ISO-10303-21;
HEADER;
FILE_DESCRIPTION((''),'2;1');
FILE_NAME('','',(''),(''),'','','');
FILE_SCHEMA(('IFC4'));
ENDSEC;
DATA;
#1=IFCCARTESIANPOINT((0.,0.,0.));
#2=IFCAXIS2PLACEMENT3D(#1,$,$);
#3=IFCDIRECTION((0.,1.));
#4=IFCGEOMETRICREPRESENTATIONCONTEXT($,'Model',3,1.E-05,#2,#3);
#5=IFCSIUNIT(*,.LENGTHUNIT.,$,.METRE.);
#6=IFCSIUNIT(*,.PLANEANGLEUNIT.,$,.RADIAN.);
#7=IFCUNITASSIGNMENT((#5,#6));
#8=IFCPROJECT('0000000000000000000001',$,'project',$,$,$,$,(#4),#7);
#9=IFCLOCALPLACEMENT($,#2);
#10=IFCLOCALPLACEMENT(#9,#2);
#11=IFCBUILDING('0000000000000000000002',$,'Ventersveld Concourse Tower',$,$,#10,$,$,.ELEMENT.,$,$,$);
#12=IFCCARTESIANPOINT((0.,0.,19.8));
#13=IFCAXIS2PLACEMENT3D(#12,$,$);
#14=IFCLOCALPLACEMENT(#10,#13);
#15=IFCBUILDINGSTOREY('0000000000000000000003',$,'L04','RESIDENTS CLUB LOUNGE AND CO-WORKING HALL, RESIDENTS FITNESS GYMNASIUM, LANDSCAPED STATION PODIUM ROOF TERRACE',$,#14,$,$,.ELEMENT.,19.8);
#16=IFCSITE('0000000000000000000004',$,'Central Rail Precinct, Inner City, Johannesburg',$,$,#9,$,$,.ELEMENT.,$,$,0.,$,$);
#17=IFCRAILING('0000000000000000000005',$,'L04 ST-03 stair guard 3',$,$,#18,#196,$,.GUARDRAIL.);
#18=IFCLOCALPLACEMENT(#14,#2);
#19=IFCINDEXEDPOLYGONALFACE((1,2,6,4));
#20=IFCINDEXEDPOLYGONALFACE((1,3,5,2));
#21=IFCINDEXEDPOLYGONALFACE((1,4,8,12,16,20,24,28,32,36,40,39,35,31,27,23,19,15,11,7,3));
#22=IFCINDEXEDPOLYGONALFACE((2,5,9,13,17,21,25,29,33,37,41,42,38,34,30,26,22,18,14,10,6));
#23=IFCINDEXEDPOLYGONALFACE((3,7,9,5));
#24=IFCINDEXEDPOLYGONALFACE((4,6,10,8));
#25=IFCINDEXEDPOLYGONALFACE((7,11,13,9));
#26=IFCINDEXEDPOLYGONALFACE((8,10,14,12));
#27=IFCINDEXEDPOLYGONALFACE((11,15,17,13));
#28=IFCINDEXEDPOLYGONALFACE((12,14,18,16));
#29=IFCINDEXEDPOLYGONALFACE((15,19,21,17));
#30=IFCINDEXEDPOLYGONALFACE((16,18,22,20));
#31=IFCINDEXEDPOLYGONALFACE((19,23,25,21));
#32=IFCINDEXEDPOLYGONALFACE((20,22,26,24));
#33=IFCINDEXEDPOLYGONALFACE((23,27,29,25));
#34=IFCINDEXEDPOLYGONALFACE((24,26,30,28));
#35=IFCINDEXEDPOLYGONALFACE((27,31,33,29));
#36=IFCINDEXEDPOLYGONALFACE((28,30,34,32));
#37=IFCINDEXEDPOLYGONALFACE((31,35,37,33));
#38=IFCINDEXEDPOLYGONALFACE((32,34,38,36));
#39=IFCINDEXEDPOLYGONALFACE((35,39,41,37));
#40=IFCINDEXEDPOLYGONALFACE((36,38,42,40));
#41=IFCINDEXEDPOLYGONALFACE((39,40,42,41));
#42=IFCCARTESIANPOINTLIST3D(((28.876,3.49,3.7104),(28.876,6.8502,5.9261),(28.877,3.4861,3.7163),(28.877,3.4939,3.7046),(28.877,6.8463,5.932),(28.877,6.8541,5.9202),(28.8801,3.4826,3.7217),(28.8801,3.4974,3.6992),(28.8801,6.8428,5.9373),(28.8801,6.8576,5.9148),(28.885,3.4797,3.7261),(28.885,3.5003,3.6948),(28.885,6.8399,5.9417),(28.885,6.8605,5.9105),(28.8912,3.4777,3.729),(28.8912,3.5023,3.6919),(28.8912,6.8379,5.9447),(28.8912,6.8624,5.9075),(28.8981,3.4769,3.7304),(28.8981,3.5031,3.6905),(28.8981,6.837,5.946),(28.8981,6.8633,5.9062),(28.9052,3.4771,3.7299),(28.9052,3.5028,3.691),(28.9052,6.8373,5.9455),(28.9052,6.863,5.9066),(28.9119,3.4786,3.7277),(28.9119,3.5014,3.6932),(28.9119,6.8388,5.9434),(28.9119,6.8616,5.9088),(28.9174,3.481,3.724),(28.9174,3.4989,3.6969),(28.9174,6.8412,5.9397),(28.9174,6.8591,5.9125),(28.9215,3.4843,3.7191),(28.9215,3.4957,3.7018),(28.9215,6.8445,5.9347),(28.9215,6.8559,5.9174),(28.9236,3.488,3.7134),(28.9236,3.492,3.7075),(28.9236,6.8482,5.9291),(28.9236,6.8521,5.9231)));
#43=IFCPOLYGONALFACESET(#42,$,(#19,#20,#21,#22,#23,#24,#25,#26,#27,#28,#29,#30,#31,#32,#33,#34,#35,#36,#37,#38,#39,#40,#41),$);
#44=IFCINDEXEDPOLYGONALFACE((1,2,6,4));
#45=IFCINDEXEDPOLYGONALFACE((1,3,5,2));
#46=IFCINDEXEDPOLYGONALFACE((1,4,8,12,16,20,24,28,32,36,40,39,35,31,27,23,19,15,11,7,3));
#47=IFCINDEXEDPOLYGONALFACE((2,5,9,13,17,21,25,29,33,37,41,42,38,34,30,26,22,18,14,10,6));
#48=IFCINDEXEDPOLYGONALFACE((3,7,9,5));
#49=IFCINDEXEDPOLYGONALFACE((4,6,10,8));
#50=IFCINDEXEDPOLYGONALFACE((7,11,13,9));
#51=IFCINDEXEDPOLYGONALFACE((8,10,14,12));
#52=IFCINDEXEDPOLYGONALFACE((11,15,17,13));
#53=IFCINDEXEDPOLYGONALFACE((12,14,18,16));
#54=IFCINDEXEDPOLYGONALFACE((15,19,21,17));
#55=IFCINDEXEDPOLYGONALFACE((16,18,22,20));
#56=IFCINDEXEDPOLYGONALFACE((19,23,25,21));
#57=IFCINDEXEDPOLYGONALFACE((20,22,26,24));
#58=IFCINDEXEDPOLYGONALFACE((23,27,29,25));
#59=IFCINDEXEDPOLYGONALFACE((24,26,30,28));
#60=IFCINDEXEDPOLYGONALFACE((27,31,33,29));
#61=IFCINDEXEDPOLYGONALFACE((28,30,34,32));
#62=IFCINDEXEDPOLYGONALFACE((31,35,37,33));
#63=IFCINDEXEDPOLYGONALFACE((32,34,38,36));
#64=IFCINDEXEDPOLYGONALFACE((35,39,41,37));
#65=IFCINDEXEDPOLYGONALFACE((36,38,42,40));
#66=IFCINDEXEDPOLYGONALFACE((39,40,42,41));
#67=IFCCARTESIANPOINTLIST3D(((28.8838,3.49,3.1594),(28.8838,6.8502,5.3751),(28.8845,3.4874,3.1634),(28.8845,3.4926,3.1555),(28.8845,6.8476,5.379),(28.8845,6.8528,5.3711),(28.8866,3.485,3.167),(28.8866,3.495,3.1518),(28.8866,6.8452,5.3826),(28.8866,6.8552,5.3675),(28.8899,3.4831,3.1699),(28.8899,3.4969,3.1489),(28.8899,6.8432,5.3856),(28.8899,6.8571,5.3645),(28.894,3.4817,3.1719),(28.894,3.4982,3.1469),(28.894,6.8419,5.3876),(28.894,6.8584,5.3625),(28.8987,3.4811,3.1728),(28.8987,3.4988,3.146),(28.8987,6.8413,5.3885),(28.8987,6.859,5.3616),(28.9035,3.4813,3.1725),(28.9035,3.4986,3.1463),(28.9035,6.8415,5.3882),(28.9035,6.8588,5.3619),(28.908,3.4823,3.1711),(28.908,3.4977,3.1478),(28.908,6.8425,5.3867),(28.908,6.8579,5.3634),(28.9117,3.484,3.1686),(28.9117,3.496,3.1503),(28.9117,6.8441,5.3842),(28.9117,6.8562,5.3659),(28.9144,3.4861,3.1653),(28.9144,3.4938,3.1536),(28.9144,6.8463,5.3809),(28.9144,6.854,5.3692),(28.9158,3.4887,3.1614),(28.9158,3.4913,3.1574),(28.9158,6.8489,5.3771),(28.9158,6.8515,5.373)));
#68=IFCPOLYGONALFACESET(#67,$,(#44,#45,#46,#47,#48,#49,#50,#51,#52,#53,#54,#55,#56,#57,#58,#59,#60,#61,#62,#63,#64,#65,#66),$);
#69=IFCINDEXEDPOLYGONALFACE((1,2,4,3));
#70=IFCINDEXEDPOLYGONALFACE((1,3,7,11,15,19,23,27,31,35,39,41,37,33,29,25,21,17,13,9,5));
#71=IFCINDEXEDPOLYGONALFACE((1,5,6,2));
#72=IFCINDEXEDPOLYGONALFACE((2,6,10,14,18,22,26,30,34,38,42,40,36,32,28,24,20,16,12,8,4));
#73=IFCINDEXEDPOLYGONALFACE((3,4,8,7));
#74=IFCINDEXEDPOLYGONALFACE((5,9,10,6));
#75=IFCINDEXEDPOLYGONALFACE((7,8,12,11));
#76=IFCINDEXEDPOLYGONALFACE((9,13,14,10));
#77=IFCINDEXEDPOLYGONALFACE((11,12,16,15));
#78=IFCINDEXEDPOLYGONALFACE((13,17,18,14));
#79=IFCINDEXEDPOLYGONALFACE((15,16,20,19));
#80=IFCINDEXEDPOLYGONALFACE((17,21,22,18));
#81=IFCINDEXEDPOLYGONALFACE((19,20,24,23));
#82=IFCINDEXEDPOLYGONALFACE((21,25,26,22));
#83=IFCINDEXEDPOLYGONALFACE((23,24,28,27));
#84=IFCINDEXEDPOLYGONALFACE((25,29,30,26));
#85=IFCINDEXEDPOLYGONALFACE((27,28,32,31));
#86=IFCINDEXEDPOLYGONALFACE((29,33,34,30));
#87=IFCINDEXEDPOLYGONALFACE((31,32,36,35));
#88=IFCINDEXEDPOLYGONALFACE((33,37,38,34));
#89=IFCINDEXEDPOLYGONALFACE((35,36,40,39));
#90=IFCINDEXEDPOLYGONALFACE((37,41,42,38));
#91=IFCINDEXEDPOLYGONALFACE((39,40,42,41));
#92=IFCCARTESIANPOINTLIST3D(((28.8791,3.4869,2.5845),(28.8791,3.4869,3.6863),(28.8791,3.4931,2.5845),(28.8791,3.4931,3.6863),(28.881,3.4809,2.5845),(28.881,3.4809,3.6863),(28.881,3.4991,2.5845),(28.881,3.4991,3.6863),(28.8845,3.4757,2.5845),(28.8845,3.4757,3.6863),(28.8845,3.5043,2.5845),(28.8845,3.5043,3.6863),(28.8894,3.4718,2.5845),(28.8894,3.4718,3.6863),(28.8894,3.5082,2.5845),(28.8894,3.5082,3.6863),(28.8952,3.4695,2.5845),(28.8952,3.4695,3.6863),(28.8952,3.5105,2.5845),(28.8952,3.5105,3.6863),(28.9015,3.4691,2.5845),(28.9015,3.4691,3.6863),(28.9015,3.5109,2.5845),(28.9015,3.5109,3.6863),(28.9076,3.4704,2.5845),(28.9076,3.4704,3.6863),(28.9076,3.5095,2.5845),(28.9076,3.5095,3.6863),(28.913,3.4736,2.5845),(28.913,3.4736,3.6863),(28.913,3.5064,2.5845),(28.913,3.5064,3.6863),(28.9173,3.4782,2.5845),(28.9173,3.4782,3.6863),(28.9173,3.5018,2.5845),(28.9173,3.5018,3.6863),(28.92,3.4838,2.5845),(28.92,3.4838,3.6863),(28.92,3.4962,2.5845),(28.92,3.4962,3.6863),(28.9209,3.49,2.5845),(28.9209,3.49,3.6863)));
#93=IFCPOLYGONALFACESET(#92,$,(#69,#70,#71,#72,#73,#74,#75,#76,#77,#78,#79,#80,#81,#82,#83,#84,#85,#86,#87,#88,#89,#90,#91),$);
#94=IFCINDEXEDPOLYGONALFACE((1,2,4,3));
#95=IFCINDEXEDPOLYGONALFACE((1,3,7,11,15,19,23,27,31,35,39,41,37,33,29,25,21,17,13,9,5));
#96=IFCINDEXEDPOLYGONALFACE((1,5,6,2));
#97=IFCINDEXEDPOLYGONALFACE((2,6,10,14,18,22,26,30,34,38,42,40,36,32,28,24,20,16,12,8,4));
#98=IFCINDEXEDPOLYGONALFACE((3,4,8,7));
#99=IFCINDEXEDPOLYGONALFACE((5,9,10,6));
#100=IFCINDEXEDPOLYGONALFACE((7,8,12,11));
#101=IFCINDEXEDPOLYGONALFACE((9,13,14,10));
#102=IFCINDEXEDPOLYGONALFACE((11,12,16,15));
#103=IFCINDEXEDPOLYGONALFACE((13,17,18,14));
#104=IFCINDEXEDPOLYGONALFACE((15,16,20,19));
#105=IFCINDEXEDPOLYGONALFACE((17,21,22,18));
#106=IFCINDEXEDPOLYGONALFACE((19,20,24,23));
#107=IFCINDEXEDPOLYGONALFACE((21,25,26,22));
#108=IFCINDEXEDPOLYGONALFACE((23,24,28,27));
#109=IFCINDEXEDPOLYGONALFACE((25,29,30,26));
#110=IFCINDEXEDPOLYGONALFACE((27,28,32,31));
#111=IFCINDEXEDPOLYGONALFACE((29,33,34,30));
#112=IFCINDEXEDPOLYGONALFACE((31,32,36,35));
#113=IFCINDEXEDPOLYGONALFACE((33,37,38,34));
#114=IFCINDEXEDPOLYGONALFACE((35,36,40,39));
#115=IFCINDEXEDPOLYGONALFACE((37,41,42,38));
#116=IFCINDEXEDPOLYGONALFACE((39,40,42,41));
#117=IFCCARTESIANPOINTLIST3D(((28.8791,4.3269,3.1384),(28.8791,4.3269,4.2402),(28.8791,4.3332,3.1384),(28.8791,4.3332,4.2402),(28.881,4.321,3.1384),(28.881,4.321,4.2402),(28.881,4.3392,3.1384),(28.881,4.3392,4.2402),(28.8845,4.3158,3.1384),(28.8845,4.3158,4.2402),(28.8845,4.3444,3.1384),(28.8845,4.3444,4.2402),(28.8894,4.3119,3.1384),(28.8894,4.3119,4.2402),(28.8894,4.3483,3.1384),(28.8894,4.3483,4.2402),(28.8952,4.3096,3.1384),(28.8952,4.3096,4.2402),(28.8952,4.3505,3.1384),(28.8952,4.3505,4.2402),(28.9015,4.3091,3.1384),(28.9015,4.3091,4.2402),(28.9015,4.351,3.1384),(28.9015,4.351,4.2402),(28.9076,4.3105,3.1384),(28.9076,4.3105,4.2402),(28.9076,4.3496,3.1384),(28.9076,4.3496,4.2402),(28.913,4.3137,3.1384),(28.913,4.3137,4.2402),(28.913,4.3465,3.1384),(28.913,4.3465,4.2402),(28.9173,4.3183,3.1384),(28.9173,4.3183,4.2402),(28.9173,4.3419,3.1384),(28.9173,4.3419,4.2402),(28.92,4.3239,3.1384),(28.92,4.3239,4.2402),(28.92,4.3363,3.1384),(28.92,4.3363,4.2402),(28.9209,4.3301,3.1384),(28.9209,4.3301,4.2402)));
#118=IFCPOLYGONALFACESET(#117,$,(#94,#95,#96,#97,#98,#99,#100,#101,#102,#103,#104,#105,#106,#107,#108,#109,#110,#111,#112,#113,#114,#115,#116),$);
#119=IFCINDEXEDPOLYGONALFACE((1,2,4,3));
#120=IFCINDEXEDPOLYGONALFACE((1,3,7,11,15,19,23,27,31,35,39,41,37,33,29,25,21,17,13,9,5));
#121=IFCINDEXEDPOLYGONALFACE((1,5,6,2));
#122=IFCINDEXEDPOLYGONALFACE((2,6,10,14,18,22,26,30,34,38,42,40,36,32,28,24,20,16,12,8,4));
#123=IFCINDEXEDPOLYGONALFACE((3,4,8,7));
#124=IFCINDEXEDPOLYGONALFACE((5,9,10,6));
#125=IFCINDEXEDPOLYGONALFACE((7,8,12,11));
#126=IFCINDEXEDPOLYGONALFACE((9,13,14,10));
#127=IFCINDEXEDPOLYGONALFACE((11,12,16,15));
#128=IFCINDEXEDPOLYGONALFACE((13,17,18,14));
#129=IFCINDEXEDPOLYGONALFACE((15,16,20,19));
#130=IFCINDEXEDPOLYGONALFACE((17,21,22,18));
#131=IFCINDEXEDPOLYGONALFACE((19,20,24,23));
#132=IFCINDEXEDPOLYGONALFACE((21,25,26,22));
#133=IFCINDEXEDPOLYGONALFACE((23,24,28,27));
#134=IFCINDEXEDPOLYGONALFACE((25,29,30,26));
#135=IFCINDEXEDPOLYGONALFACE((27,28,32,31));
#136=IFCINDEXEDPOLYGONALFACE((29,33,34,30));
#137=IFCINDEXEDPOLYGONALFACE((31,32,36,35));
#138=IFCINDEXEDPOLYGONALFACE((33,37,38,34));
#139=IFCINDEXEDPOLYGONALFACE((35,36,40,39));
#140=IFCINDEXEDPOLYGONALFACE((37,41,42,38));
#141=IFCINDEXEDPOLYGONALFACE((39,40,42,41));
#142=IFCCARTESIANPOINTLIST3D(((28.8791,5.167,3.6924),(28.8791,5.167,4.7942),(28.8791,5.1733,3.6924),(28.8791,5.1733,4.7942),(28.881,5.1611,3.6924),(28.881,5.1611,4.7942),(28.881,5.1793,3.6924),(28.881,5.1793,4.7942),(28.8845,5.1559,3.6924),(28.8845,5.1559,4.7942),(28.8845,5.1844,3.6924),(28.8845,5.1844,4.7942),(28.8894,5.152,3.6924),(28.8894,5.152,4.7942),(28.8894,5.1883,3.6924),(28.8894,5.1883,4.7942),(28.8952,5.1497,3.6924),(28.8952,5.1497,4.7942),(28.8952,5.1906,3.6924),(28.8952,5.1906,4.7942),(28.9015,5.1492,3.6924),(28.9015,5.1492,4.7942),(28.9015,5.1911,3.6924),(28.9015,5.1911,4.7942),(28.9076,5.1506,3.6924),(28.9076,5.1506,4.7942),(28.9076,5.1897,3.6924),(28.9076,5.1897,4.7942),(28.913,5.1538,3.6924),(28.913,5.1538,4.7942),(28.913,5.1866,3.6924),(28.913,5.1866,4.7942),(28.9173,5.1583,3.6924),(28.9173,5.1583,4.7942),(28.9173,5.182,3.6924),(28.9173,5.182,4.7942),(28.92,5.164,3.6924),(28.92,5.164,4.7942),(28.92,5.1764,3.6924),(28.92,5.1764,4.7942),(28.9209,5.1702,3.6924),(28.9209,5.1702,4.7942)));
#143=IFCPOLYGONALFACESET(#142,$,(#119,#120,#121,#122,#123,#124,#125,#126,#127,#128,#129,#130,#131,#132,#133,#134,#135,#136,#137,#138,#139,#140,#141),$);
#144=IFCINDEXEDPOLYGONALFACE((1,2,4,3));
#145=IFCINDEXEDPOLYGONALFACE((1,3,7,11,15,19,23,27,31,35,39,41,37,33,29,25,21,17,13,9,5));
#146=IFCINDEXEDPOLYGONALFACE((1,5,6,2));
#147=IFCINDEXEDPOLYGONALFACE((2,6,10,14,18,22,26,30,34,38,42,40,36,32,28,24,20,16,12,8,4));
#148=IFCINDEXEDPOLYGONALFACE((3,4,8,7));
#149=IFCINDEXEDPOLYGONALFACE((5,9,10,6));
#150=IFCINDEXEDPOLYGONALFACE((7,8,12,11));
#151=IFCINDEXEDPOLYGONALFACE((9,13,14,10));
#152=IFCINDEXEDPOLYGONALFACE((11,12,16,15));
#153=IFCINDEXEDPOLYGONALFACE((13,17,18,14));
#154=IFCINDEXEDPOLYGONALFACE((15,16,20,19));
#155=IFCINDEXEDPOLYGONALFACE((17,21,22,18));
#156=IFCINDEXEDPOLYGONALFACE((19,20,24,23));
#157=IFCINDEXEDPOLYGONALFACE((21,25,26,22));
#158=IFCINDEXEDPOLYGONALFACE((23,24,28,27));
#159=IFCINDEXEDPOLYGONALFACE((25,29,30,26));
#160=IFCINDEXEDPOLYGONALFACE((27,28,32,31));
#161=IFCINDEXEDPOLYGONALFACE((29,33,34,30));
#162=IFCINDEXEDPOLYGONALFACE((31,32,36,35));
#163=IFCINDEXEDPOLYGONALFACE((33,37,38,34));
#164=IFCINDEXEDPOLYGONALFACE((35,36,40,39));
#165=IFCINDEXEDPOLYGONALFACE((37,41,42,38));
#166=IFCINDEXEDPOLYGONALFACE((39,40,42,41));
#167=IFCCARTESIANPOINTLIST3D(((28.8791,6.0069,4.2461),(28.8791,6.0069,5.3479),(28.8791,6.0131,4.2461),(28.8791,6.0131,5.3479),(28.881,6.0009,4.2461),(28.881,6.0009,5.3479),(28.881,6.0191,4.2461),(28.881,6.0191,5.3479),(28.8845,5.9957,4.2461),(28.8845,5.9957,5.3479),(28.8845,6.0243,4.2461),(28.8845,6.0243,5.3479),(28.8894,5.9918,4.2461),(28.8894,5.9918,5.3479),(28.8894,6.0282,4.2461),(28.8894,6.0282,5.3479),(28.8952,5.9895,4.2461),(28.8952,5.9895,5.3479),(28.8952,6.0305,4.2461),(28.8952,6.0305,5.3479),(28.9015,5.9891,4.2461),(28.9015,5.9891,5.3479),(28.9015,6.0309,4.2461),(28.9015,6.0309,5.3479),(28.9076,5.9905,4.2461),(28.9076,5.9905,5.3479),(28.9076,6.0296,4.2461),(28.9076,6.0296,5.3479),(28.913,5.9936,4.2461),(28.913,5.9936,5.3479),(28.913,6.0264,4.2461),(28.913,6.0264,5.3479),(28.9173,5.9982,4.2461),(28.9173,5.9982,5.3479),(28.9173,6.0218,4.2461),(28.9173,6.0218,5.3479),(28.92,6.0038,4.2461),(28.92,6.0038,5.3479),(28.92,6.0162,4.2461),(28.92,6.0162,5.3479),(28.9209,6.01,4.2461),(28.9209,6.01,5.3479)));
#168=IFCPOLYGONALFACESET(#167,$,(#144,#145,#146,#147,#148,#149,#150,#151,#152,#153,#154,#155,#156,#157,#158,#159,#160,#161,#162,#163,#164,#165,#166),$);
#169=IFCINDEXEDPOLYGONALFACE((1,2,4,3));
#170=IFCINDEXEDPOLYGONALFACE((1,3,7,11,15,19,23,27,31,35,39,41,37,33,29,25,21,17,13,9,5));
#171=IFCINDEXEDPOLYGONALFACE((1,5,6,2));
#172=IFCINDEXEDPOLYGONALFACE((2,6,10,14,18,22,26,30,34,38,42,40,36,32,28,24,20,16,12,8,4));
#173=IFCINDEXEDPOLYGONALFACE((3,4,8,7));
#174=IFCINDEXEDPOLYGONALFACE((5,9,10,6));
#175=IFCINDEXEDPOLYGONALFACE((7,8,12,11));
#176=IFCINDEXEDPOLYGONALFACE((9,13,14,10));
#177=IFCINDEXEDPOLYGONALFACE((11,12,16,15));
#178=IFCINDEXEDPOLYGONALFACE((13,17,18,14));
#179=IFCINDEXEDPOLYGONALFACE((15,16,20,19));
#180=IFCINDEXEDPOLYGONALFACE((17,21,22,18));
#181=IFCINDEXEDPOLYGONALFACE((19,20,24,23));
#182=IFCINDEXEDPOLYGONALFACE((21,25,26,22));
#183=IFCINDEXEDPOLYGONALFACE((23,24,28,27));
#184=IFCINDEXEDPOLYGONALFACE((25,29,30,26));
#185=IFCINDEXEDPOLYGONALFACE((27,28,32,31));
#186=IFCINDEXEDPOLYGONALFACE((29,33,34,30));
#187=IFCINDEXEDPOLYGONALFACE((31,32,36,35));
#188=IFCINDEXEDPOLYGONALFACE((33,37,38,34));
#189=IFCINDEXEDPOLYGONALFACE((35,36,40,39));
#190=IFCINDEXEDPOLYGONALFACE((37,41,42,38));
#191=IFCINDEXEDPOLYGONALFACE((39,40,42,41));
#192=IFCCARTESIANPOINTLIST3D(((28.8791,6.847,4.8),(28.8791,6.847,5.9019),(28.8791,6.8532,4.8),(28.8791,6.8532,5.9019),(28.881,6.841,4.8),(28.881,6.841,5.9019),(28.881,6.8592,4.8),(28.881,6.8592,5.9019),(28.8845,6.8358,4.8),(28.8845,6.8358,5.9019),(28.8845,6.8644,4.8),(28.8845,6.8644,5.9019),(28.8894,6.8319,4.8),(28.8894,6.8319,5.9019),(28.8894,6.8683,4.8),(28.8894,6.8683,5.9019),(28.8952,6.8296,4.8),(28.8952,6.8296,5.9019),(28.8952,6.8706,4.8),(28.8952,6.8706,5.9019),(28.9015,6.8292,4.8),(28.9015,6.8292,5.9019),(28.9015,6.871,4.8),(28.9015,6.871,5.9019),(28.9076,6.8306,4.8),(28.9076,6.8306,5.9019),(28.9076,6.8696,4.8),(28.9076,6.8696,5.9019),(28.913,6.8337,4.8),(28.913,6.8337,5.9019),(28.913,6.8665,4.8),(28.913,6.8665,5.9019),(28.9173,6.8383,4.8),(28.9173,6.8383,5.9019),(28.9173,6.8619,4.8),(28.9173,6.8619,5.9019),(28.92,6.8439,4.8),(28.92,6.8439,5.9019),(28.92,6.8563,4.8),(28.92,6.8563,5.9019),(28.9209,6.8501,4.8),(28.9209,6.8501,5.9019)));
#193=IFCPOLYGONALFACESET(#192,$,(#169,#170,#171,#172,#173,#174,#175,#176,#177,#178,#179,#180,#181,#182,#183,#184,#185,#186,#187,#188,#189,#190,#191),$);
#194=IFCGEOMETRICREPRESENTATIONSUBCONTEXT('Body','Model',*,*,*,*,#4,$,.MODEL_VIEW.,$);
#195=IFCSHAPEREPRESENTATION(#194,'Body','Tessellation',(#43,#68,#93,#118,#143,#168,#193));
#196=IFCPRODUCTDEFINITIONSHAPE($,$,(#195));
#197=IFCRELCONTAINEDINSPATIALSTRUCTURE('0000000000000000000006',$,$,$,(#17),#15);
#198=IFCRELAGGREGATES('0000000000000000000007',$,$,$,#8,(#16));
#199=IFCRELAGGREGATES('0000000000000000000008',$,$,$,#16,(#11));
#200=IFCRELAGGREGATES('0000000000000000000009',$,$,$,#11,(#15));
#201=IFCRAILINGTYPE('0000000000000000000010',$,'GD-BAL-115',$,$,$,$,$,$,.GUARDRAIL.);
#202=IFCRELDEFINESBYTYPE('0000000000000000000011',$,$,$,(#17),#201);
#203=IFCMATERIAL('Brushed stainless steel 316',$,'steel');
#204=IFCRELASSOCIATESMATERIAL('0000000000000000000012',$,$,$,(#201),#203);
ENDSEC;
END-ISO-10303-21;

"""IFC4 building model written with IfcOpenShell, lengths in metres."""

from ifc_helpers import new_model, si_unit, direction, frame, origin, origin_2d, place, context, subcontext, project, spatial, circle, extrude, material, type_object, element, save


model = new_model("IFC4")

# Units and contexts
model_context = context("Model", 3, precision=1e-05, world=origin(), true_north=direction((0.0, 1.0)))
body_context = subcontext(model_context, "Body", "Model", "MODEL_VIEW")
ifc_project = project(units=[si_unit("LENGTHUNIT", "METRE"), si_unit("PLANEANGLEUNIT", "RADIAN")], contexts=[model_context])

# Site, building, storey
site_placement = place(None, origin())
site = spatial("IfcSite", under=ifc_project, at=site_placement, Name="Central Rail Precinct, Inner City, Johannesburg", CompositionType="ELEMENT", RefElevation=0.0)
building_placement = place(site_placement, origin())
building = spatial("IfcBuilding", under=site, at=building_placement, Name="Ventersveld Concourse Tower", CompositionType="ELEMENT")
storey_placement = place(building_placement, frame((0.0, 0.0, 19.8)))
storey = spatial("IfcBuildingStorey", under=building, at=storey_placement, Name="L04", Description="RESIDENTS CLUB LOUNGE AND CO-WORKING HALL, RESIDENTS FITNESS GYMNASIUM, LANDSCAPED STATION PODIUM ROOF TERRACE", CompositionType="ELEMENT", Elevation=19.8)

# Railing
ifc_material_1 = material(Name="Brushed stainless steel 316", Category="steel")
railing_type_1 = type_object("IfcRailingType", Name="GD-BAL-115", PredefinedType="GUARDRAIL", material=ifc_material_1)
railing_1_placement = place(storey_placement, frame((28.8999, 3.49, 2.5845)))
element("IfcRailing", 1, at=railing_1_placement, inside=storey, type_object=railing_type_1, Name="L04 ST-03 stair guard 3", PredefinedType="GUARDRAIL", context=body_context, shape_type="SweptSolid", body=[
    extrude(circle(Radius=0.0239, at=origin_2d()), frame((0.0, 0.0, 1.126), z_axis=(0.0, 0.834849, 0.55048), x_axis=(-1.0, 0.0, 0.0)), (0.0, 0.0, 1.0), 4.0249),
    extrude(circle(Radius=0.0161, at=origin_2d()), frame((0.0, 0.0, 0.575), z_axis=(0.0, 0.834849, 0.55048), x_axis=(-1.0, 0.0, 0.0)), (0.0, 0.0, 1.0), 4.0249),
    extrude(circle(Radius=0.021, at=origin_2d()), origin(), (0.0, 0.0, 1.0), 1.1018),
    extrude(circle(Radius=0.021, at=origin_2d()), frame((0.0, 0.8401, 0.554)), (0.0, 0.0, 1.0), 1.1018),
    extrude(circle(Radius=0.021, at=origin_2d()), frame((0.0, 1.6802, 1.1079)), (0.0, 0.0, 1.0), 1.1018),
    extrude(circle(Radius=0.021, at=origin_2d()), frame((0.0, 2.52, 1.6616)), (0.0, 0.0, 1.0), 1.1018),
    extrude(circle(Radius=0.021, at=origin_2d()), frame((0.0, 3.3601, 2.2156)), (0.0, 0.0, 1.0), 1.1018),
])

save(model, "model.ifc")
